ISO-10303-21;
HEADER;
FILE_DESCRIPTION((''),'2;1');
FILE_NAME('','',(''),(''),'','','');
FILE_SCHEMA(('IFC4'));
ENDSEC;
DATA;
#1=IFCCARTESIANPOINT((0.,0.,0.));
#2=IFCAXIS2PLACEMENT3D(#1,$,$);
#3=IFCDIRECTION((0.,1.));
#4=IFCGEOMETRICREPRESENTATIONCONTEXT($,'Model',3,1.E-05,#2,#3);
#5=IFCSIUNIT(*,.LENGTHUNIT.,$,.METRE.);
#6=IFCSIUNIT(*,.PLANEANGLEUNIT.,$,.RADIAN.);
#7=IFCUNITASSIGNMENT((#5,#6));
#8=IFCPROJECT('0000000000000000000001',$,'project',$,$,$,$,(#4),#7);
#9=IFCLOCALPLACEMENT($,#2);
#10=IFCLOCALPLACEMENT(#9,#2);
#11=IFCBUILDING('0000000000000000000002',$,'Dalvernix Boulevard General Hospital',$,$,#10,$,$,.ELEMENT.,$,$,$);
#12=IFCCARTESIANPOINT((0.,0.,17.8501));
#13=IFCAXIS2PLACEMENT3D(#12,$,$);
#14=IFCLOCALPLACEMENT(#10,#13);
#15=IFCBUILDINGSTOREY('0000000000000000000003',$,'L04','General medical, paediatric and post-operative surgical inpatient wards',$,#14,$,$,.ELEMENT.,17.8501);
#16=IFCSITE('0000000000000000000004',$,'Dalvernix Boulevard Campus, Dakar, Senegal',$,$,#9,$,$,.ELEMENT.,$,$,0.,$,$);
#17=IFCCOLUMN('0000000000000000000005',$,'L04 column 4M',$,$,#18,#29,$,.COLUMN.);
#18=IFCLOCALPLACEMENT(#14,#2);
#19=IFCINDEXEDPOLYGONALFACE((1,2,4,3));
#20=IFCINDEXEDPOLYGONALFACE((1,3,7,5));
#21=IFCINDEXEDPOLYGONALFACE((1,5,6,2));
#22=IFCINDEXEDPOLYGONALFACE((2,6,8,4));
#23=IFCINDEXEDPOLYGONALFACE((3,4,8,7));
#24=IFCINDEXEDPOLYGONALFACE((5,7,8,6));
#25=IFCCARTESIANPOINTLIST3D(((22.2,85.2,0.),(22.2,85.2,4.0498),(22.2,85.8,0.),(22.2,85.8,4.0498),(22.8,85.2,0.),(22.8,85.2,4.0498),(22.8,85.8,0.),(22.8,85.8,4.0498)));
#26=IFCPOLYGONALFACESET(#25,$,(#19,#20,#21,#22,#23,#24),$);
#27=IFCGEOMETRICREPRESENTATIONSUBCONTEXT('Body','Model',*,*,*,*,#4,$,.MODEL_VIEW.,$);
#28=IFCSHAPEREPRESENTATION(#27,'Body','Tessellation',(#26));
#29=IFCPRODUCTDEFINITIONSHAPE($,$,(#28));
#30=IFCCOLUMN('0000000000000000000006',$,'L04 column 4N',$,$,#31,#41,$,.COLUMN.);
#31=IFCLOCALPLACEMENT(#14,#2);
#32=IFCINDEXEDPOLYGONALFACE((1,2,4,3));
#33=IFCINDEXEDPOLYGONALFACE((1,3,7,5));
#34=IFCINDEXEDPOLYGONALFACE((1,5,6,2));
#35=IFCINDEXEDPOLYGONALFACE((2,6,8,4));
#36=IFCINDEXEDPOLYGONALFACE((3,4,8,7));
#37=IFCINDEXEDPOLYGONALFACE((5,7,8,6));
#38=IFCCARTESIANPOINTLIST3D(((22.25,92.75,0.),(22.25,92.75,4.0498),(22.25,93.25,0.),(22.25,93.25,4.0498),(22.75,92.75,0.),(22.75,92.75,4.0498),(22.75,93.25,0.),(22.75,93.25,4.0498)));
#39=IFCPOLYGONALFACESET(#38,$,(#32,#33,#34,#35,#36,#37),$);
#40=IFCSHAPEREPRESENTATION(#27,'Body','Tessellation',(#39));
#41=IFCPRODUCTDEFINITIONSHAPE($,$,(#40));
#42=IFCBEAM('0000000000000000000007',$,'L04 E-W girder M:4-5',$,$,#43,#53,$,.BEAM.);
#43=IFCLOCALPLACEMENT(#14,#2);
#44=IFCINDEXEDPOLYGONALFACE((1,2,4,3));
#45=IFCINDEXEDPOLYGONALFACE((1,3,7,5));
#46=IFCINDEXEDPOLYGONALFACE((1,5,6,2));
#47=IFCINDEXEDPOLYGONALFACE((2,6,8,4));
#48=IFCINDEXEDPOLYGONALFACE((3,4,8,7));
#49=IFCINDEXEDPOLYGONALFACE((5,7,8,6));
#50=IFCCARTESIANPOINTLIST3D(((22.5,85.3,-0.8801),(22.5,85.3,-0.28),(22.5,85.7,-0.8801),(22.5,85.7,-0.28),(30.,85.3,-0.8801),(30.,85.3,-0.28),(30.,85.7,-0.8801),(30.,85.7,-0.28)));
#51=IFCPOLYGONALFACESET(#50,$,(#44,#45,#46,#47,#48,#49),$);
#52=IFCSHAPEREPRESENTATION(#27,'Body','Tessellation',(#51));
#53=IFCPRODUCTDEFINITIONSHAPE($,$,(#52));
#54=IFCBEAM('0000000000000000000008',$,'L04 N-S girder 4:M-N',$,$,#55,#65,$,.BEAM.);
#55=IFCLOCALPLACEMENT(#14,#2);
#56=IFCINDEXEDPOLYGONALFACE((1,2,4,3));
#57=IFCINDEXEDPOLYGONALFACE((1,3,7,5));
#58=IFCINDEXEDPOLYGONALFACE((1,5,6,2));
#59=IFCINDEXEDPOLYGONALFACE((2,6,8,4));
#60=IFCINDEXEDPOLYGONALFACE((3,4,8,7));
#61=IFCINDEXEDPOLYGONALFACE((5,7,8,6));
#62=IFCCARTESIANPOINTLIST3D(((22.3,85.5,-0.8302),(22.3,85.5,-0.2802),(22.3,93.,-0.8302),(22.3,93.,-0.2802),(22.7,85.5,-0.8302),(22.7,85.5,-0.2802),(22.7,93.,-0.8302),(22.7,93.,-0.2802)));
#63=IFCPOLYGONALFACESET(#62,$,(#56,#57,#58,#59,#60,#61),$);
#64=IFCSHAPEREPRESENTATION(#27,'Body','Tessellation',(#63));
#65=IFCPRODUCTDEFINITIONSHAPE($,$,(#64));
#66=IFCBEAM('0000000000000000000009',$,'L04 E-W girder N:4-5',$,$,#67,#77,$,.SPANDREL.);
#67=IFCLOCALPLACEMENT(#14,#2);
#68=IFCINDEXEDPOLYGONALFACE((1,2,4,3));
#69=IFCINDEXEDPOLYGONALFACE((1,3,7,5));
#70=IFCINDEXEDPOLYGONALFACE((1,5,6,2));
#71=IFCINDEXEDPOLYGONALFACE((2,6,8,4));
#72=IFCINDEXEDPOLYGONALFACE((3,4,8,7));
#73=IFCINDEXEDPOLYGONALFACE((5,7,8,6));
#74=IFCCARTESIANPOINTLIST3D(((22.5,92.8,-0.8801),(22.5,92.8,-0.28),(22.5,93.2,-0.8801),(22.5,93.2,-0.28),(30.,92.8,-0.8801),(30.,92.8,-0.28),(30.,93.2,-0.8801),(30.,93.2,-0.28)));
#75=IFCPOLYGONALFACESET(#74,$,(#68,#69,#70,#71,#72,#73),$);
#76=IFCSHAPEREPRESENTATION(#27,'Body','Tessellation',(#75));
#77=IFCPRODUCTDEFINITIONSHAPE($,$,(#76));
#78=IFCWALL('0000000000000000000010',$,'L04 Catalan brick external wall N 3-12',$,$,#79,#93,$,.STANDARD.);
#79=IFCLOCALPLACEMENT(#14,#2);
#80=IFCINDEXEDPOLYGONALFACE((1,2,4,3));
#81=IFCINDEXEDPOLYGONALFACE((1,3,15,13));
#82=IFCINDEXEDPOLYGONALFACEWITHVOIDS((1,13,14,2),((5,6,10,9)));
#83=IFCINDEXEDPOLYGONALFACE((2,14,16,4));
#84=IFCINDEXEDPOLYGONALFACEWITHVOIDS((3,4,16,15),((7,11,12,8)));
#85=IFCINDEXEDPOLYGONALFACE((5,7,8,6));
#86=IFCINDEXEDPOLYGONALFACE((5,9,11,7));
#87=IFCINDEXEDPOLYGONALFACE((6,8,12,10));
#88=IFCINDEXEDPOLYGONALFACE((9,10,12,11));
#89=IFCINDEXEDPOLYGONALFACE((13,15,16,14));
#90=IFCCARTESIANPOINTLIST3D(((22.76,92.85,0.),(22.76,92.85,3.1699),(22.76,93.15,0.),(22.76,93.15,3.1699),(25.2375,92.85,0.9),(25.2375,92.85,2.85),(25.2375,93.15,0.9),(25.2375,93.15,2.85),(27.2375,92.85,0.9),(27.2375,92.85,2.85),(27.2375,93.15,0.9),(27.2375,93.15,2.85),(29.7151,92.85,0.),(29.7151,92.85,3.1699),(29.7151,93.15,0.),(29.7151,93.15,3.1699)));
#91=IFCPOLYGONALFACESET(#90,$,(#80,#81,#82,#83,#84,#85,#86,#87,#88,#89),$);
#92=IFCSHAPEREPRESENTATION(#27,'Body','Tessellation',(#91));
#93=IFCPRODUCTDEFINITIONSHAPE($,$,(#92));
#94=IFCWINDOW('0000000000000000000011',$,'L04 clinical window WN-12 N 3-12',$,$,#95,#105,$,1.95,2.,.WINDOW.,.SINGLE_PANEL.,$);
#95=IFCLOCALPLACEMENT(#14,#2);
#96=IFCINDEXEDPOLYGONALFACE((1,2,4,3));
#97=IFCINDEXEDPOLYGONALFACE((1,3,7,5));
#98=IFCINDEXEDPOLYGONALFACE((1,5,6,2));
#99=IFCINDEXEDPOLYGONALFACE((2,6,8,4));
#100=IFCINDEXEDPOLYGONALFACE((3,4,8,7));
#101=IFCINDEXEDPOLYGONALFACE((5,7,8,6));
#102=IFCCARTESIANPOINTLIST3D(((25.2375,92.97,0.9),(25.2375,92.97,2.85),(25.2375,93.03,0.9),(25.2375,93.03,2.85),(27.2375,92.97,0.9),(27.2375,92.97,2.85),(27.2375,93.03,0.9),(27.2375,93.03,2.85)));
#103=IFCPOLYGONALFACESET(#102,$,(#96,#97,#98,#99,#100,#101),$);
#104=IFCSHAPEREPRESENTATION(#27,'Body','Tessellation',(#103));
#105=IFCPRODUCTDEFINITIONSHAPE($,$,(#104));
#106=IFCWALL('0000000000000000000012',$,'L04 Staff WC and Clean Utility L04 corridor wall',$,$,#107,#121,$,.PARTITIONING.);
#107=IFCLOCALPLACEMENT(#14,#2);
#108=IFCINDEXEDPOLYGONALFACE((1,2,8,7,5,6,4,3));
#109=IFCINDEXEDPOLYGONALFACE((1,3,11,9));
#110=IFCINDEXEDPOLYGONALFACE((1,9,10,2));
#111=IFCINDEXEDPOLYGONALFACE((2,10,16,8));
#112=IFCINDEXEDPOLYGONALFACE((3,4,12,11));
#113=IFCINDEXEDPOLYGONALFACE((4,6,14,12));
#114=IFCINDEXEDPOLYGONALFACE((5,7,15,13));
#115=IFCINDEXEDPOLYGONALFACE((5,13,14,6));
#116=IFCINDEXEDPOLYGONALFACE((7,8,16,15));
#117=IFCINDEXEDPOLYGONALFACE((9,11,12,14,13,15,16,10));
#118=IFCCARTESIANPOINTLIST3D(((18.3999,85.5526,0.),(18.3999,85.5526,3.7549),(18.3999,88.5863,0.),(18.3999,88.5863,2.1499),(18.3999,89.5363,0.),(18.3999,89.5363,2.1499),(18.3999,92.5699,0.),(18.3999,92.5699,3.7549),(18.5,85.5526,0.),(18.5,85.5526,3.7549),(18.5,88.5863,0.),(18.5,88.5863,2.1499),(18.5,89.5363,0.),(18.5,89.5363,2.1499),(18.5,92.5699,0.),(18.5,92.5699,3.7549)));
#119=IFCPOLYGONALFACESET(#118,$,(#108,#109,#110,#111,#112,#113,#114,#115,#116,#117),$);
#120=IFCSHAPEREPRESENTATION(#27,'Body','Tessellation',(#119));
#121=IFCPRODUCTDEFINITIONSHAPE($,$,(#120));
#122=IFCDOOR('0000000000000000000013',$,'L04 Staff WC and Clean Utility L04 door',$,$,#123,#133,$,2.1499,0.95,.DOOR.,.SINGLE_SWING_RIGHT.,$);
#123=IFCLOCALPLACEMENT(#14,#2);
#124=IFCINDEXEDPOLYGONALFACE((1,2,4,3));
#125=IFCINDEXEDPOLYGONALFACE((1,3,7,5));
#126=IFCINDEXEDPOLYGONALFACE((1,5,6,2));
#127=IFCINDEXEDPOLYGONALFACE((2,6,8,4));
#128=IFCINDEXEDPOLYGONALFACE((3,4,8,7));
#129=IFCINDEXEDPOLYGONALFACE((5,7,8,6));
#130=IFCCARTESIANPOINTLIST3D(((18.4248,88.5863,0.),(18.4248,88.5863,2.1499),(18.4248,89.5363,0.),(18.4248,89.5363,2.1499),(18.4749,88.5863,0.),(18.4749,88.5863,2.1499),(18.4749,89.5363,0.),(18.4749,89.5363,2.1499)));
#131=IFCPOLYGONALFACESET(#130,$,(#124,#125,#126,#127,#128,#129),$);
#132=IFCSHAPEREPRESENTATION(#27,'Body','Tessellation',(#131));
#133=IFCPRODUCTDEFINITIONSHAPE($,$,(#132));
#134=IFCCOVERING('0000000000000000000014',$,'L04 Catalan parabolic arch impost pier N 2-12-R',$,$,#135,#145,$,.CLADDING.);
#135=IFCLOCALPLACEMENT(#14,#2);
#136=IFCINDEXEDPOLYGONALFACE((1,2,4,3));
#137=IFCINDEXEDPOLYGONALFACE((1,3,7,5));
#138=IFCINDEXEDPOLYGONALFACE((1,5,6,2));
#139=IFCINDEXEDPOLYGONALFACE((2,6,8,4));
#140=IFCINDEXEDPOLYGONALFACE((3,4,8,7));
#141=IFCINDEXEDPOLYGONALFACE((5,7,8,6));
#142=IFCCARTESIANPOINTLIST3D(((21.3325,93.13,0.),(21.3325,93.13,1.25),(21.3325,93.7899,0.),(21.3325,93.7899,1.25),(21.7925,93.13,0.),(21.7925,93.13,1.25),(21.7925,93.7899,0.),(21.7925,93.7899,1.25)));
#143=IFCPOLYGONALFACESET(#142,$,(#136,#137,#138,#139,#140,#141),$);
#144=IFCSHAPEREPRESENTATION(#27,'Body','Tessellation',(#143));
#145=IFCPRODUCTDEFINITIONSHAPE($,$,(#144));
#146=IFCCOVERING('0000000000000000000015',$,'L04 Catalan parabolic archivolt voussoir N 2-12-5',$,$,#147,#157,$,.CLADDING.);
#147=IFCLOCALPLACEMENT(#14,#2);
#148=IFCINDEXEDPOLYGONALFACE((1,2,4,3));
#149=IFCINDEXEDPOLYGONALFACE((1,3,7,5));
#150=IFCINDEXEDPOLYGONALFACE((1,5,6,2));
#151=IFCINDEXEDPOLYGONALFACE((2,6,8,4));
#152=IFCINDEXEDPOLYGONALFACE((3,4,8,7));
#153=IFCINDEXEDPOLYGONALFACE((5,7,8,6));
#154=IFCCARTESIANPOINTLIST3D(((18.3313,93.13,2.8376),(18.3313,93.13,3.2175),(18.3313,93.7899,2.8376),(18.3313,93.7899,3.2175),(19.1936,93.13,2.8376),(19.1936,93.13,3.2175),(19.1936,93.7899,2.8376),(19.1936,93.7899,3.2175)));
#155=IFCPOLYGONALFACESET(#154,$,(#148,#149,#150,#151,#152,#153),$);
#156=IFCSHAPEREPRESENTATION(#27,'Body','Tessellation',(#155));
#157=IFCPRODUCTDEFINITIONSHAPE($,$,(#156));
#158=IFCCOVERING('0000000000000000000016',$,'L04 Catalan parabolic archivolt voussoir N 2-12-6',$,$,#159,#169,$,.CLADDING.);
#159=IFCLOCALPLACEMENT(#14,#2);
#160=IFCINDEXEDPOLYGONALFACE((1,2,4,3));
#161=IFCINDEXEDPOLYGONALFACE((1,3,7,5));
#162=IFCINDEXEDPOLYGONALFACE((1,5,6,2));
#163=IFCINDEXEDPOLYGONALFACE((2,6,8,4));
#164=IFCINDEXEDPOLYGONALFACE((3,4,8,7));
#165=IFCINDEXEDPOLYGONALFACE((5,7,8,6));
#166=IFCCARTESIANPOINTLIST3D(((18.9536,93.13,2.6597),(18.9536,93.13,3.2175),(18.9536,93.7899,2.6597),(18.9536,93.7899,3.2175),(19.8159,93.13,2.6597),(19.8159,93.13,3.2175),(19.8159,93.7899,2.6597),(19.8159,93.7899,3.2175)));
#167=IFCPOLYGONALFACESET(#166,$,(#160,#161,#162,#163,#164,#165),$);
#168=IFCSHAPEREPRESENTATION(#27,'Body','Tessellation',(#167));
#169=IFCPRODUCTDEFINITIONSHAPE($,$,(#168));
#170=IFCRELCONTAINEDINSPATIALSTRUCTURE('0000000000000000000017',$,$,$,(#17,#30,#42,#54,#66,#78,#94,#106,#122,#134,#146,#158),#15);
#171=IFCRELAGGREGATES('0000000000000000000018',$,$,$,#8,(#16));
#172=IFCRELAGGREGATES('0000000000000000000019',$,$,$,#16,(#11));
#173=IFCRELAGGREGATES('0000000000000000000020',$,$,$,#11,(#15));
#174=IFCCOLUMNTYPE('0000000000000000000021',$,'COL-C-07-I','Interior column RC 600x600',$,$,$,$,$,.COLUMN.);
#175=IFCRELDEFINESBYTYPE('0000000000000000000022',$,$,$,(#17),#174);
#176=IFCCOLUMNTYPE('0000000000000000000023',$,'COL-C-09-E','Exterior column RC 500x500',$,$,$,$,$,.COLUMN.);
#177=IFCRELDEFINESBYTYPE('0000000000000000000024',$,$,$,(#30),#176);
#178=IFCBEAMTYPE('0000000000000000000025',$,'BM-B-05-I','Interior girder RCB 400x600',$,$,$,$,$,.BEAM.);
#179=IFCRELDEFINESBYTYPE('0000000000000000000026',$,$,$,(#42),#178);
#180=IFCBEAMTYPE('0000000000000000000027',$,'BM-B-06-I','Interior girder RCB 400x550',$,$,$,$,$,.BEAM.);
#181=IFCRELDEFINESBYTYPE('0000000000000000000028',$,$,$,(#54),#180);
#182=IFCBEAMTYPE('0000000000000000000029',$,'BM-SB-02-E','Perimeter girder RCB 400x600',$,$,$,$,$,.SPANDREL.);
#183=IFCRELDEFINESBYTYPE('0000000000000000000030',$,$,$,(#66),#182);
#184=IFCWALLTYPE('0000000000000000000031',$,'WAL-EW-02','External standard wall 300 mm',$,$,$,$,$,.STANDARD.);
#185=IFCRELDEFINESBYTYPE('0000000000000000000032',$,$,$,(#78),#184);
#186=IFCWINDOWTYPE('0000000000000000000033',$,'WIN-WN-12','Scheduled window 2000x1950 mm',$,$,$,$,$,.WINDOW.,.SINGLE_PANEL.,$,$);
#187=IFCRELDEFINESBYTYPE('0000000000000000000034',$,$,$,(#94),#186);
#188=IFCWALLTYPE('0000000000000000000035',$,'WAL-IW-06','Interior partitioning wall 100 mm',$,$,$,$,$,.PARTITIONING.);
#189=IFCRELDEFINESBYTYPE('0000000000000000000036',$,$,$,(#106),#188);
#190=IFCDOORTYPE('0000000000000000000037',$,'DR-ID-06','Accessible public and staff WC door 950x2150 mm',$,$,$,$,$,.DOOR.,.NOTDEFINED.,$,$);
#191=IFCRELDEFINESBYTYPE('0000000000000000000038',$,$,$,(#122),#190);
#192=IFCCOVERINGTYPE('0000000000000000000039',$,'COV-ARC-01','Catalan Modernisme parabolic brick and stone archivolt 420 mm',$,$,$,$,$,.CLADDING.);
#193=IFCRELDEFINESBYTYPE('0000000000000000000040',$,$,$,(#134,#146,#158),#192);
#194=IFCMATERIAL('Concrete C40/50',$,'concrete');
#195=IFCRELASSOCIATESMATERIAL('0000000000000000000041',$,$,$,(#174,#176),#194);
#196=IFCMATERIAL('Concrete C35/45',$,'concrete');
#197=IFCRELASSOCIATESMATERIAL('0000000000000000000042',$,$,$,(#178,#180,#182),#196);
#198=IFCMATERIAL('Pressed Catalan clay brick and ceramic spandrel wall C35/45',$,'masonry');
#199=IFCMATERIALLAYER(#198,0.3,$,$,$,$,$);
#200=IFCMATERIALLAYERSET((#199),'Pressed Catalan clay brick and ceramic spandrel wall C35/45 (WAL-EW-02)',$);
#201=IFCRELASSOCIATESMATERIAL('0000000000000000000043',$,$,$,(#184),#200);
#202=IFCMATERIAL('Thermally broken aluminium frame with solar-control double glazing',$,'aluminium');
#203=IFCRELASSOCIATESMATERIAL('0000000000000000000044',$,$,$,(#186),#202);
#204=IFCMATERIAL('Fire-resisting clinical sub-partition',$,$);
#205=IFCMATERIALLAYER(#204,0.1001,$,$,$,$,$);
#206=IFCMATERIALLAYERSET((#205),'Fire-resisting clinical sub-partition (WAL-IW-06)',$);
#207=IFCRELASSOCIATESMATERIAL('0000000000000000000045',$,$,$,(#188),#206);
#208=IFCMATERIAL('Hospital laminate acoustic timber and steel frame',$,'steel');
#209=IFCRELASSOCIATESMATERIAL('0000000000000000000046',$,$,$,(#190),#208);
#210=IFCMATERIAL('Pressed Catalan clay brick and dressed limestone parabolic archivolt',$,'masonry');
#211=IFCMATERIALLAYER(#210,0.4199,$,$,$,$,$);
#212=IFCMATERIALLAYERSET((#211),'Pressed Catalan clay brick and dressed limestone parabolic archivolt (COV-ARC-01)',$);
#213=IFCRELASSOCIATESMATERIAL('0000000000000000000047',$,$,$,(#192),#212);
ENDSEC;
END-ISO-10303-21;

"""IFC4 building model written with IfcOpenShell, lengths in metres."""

from ifc_helpers import new_model, si_unit, direction, frame, frame_2d, origin, origin_2d, place, context, subcontext, project, spatial, rectangle, extrude, material, layer, layer_set, material_profile, profile_set, type_object, element, fill, save


model = new_model("IFC4")

# Units and contexts
model_context = context("Model", 3, precision=1e-05, world=origin(), true_north=direction((0.0, 1.0)))
body_context = subcontext(model_context, "Body", "Model", "MODEL_VIEW")
ifc_project = project(units=[si_unit("LENGTHUNIT", "METRE"), si_unit("PLANEANGLEUNIT", "RADIAN")], contexts=[model_context])

# Site, building, storey
site_placement = place(None, origin())
site = spatial("IfcSite", under=ifc_project, at=site_placement, Name="Dalvernix Boulevard Campus, Dakar, Senegal", CompositionType="ELEMENT", RefElevation=0.0)
building_placement = place(site_placement, origin())
building = spatial("IfcBuilding", under=site, at=building_placement, Name="Dalvernix Boulevard General Hospital", CompositionType="ELEMENT")
storey_placement = place(building_placement, frame((0.0, 0.0, 17.8501)))
storey = spatial("IfcBuildingStorey", under=building, at=storey_placement, Name="L04", Description="General medical, paediatric and post-operative surgical inpatient wards", CompositionType="ELEMENT", Elevation=17.8501)

# Columns
ifc_material_1 = material(Name="Concrete C40/50", Category="concrete")
ifc_material_profile_1 = material_profile(ifc_material_1, rectangle(XDim=0.6001, YDim=0.6001, at=origin_2d()), Name="RC 600x600")
ifc_profile_set_1 = profile_set([ifc_material_profile_1], Name="Concrete C40/50")
column_type_1 = type_object("IfcColumnType", Name="COL-C-07-I", Description="Interior column RC 600x600", PredefinedType="COLUMN", material=ifc_profile_set_1)
column_1_placement = place(storey_placement, frame((22.5, 85.5, 0.0), z_axis=(0.0, 0.0, 1.0), x_axis=(1.0, 0.0, 0.0)))
element("IfcColumn", 1, at=column_1_placement, inside=storey, type_object=column_type_1, Name="L04 column 4M", PredefinedType="COLUMN", context=body_context, shape_type="SweptSolid", body=[
    extrude(rectangle(XDim=0.6001, YDim=0.6001, at=origin_2d()), origin(), (0.0, 0.0, 1.0), 4.0498),
])
ifc_material_profile_2 = material_profile(ifc_material_1, rectangle(XDim=0.5, YDim=0.5, at=origin_2d()), Name="RC 500x500")
ifc_profile_set_2 = profile_set([ifc_material_profile_2], Name="Concrete C40/50")
column_type_2 = type_object("IfcColumnType", Name="COL-C-09-E", Description="Exterior column RC 500x500", PredefinedType="COLUMN", material=ifc_profile_set_2)
column_2_placement = place(storey_placement, frame((22.5, 93.0, 0.0), z_axis=(0.0, 0.0, 1.0), x_axis=(1.0, 0.0, 0.0)))
element("IfcColumn", 2, at=column_2_placement, inside=storey, type_object=column_type_2, Name="L04 column 4N", PredefinedType="COLUMN", context=body_context, shape_type="SweptSolid", body=[
    extrude(rectangle(XDim=0.5, YDim=0.5, at=origin_2d()), origin(), (0.0, 0.0, 1.0), 4.0498),
])

# Beams
ifc_material_2 = material(Name="Concrete C35/45", Category="concrete")
ifc_material_profile_3 = material_profile(ifc_material_2, rectangle(XDim=0.3999, YDim=0.6001, at=origin_2d()), Name="RCB 400x600")
ifc_profile_set_3 = profile_set([ifc_material_profile_3], Name="Concrete C35/45")
beam_type_1 = type_object("IfcBeamType", Name="BM-B-05-I", Description="Interior girder RCB 400x600", PredefinedType="BEAM", material=ifc_profile_set_3)
beam_1_placement = place(storey_placement, frame((22.5, 85.5, -0.5801), z_axis=(1.0, 0.0, 0.0), x_axis=(0.0, 1.0, 0.0)))
element("IfcBeam", 3, at=beam_1_placement, inside=storey, type_object=beam_type_1, Name="L04 E-W girder M:4-5", PredefinedType="BEAM", context=body_context, shape_type="SweptSolid", body=[
    extrude(rectangle(XDim=0.3999, YDim=0.6001, at=origin_2d()), origin(), (0.0, 0.0, 1.0), 7.5),
])
ifc_material_profile_4 = material_profile(ifc_material_2, rectangle(XDim=0.3999, YDim=0.55, at=origin_2d()), Name="RCB 400x550")
ifc_profile_set_4 = profile_set([ifc_material_profile_4], Name="Concrete C35/45")
beam_type_2 = type_object("IfcBeamType", Name="BM-B-06-I", Description="Interior girder RCB 400x550", PredefinedType="BEAM", material=ifc_profile_set_4)
beam_2_placement = place(storey_placement, frame((22.5, 85.5, -0.5552), z_axis=(0.0, 1.0, 0.0), x_axis=(-1.0, 0.0, 0.0)))
element("IfcBeam", 4, at=beam_2_placement, inside=storey, type_object=beam_type_2, Name="L04 N-S girder 4:M-N", PredefinedType="BEAM", context=body_context, shape_type="SweptSolid", body=[
    extrude(rectangle(XDim=0.3999, YDim=0.55, at=origin_2d()), origin(), (0.0, 0.0, 1.0), 7.5),
])
ifc_material_profile_5 = material_profile(ifc_material_2, rectangle(XDim=0.3999, YDim=0.6001, at=origin_2d()), Name="RCB 400x600")
ifc_profile_set_5 = profile_set([ifc_material_profile_5], Name="Concrete C35/45")
beam_type_3 = type_object("IfcBeamType", Name="BM-SB-02-E", Description="Perimeter girder RCB 400x600", PredefinedType="SPANDREL", material=ifc_profile_set_5)
beam_3_placement = place(storey_placement, frame((22.5, 93.0, -0.5801), z_axis=(1.0, 0.0, 0.0), x_axis=(0.0, 1.0, 0.0)))
element("IfcBeam", 5, at=beam_3_placement, inside=storey, type_object=beam_type_3, Name="L04 E-W girder N:4-5", PredefinedType="SPANDREL", context=body_context, shape_type="SweptSolid", body=[
    extrude(rectangle(XDim=0.3999, YDim=0.6001, at=origin_2d()), origin(), (0.0, 0.0, 1.0), 7.5),
])

# Wall, opening, window
ifc_material_3 = material(Name="Pressed Catalan clay brick and ceramic spandrel wall C35/45", Category="masonry")
ifc_layer_1 = layer(ifc_material_3, 0.3)
ifc_layer_set_1 = layer_set([ifc_layer_1], Name="Pressed Catalan clay brick and ceramic spandrel wall C35/45 (WAL-EW-02)")
wall_type_1 = type_object("IfcWallType", Name="WAL-EW-02", Description="External standard wall 300 mm", PredefinedType="STANDARD", material=ifc_layer_set_1)
wall_1_placement = place(storey_placement, frame((22.76, 93.0, 0.0), z_axis=(0.0, 0.0, 1.0), x_axis=(1.0, 0.0, 0.0)))
wall_1 = element("IfcWall", 6, at=wall_1_placement, inside=storey, type_object=wall_type_1, Name="L04 Catalan brick external wall N 3-12", PredefinedType="STANDARD", context=body_context, shape_type="SweptSolid", body=[
    extrude(rectangle(XDim=6.9551, YDim=0.3, at=frame_2d((3.4775, 0.0))), origin(), (0.0, 0.0, 1.0), 3.1699),
])
opening_1_placement = place(wall_1_placement, frame((2.4775, 0.0, 0.8999)))
opening_1 = element("IfcOpeningElement", 7, at=opening_1_placement, cuts=wall_1, PredefinedType="OPENING", context=body_context, shape_type="SweptSolid", body=[
    extrude(rectangle(XDim=2.0, YDim=1.95, at=frame_2d((1.0, 0.9751))), frame((0.0, 0.1599, 0.0), z_axis=(0.0, -1.0, 0.0), x_axis=(1.0, 0.0, 0.0)), (0.0, 0.0, 1.0), 0.3201),
])
ifc_material_4 = material(Name="Thermally broken aluminium frame with solar-control double glazing", Category="aluminium")
window_type = type_object("IfcWindowType", Name="WIN-WN-12", Description="Scheduled window 2000x1950 mm", PartitioningType="SINGLE_PANEL", PredefinedType="WINDOW", material=ifc_material_4)
window_placement = place(opening_1_placement, origin())
window = element("IfcWindow", 8, at=window_placement, inside=storey, type_object=window_type, Name="L04 clinical window WN-12 N 3-12", OverallHeight=1.95, OverallWidth=2.0, PartitioningType="SINGLE_PANEL", PredefinedType="WINDOW", context=body_context, shape_type="SweptSolid", body=[
    extrude(rectangle(XDim=2.0, YDim=1.95, at=frame_2d((1.0, 0.9751))), frame((0.0, 0.03, 0.0), z_axis=(0.0, -1.0, 0.0), x_axis=(1.0, 0.0, 0.0)), (0.0, 0.0, 1.0), 0.0601),
])
fill(opening_1, window)

# Wall, opening, door
ifc_material_5 = material(Name="Fire-resisting clinical sub-partition")
ifc_layer_2 = layer(ifc_material_5, 0.1001)
ifc_layer_set_2 = layer_set([ifc_layer_2], Name="Fire-resisting clinical sub-partition (WAL-IW-06)")
wall_type_2 = type_object("IfcWallType", Name="WAL-IW-06", Description="Interior partitioning wall 100 mm", PredefinedType="PARTITIONING", material=ifc_layer_set_2)
wall_2_placement = place(storey_placement, frame((18.45, 92.5701, 0.0), z_axis=(0.0, 0.0, 1.0), x_axis=(0.0, -1.0, 0.0)))
wall_2 = element("IfcWall", 9, at=wall_2_placement, inside=storey, type_object=wall_type_2, Name="L04 Staff WC and Clean Utility L04 corridor wall", PredefinedType="PARTITIONING", context=body_context, shape_type="SweptSolid", body=[
    extrude(rectangle(XDim=7.0173, YDim=0.1001, at=frame_2d((3.5088, 0.0))), origin(), (0.0, 0.0, 1.0), 3.7549),
])
opening_2_placement = place(wall_2_placement, frame((3.0337, 0.0, 0.0)))
opening_2 = element("IfcOpeningElement", 10, at=opening_2_placement, cuts=wall_2, PredefinedType="OPENING", context=body_context, shape_type="SweptSolid", body=[
    extrude(rectangle(XDim=0.95, YDim=2.1499, at=frame_2d((0.4751, 1.075))), frame((0.0, 0.0601, 0.0), z_axis=(0.0, -1.0, 0.0), x_axis=(1.0, 0.0, 0.0)), (0.0, 0.0, 1.0), 0.1201),
])
ifc_material_6 = material(Name="Hospital laminate acoustic timber and steel frame", Category="steel")
door_type = type_object("IfcDoorType", Name="DR-ID-06", Description="Accessible public and staff WC door 950x2150 mm", OperationType="NOTDEFINED", PredefinedType="DOOR", material=ifc_material_6)
door_placement = place(opening_2_placement, origin())
door = element("IfcDoor", 11, at=door_placement, inside=storey, type_object=door_type, Name="L04 Staff WC and Clean Utility L04 door", OperationType="SINGLE_SWING_RIGHT", OverallHeight=2.1499, OverallWidth=0.95, PredefinedType="DOOR", context=body_context, shape_type="SweptSolid", body=[
    extrude(rectangle(XDim=0.95, YDim=2.1499, at=frame_2d((0.4751, 1.075))), frame((0.0, 0.0249, 0.0), z_axis=(0.0, -1.0, 0.0), x_axis=(1.0, 0.0, 0.0)), (0.0, 0.0, 1.0), 0.05),
])
fill(opening_2, door)

# Coverings
ifc_material_7 = material(Name="Pressed Catalan clay brick and dressed limestone parabolic archivolt", Category="masonry")
ifc_layer_3 = layer(ifc_material_7, 0.4199)
ifc_layer_set_3 = layer_set([ifc_layer_3], Name="Pressed Catalan clay brick and dressed limestone parabolic archivolt (COV-ARC-01)")
covering_type_1 = type_object("IfcCoveringType", Name="COV-ARC-01", Description="Catalan Modernisme parabolic brick and stone archivolt 420 mm", PredefinedType="CLADDING", material=ifc_layer_set_3)
covering_1_placement = place(storey_placement, frame((21.5625, 93.46, 0.0), z_axis=(0.0, 0.0, 1.0), x_axis=(1.0, 0.0, 0.0)))
element("IfcCovering", 12, at=covering_1_placement, inside=storey, type_object=covering_type_1, Name="L04 Catalan parabolic arch impost pier N 2-12-R", PredefinedType="CLADDING", context=body_context, shape_type="SweptSolid", body=[
    extrude(rectangle(XDim=0.46, YDim=0.6599, at=origin_2d()), origin(), (0.0, 0.0, 1.0), 1.25),
])
covering_2_placement = place(storey_placement, frame((18.7625, 93.46, 2.8376), z_axis=(0.0, 0.0, 1.0), x_axis=(1.0, 0.0, 0.0)))
element("IfcCovering", 13, at=covering_2_placement, inside=storey, type_object=covering_type_1, Name="L04 Catalan parabolic archivolt voussoir N 2-12-5", PredefinedType="CLADDING", context=body_context, shape_type="SweptSolid", body=[
    extrude(rectangle(XDim=0.8623, YDim=0.6599, at=origin_2d()), origin(), (0.0, 0.0, 1.0), 0.3799),
])
covering_3_placement = place(storey_placement, frame((19.3848, 93.46, 2.6597), z_axis=(0.0, 0.0, 1.0), x_axis=(1.0, 0.0, 0.0)))
element("IfcCovering", 14, at=covering_3_placement, inside=storey, type_object=covering_type_1, Name="L04 Catalan parabolic archivolt voussoir N 2-12-6", PredefinedType="CLADDING", context=body_context, shape_type="SweptSolid", body=[
    extrude(rectangle(XDim=0.8623, YDim=0.6599, at=origin_2d()), origin(), (0.0, 0.0, 1.0), 0.5579),
])

save(model, "model.ifc")
